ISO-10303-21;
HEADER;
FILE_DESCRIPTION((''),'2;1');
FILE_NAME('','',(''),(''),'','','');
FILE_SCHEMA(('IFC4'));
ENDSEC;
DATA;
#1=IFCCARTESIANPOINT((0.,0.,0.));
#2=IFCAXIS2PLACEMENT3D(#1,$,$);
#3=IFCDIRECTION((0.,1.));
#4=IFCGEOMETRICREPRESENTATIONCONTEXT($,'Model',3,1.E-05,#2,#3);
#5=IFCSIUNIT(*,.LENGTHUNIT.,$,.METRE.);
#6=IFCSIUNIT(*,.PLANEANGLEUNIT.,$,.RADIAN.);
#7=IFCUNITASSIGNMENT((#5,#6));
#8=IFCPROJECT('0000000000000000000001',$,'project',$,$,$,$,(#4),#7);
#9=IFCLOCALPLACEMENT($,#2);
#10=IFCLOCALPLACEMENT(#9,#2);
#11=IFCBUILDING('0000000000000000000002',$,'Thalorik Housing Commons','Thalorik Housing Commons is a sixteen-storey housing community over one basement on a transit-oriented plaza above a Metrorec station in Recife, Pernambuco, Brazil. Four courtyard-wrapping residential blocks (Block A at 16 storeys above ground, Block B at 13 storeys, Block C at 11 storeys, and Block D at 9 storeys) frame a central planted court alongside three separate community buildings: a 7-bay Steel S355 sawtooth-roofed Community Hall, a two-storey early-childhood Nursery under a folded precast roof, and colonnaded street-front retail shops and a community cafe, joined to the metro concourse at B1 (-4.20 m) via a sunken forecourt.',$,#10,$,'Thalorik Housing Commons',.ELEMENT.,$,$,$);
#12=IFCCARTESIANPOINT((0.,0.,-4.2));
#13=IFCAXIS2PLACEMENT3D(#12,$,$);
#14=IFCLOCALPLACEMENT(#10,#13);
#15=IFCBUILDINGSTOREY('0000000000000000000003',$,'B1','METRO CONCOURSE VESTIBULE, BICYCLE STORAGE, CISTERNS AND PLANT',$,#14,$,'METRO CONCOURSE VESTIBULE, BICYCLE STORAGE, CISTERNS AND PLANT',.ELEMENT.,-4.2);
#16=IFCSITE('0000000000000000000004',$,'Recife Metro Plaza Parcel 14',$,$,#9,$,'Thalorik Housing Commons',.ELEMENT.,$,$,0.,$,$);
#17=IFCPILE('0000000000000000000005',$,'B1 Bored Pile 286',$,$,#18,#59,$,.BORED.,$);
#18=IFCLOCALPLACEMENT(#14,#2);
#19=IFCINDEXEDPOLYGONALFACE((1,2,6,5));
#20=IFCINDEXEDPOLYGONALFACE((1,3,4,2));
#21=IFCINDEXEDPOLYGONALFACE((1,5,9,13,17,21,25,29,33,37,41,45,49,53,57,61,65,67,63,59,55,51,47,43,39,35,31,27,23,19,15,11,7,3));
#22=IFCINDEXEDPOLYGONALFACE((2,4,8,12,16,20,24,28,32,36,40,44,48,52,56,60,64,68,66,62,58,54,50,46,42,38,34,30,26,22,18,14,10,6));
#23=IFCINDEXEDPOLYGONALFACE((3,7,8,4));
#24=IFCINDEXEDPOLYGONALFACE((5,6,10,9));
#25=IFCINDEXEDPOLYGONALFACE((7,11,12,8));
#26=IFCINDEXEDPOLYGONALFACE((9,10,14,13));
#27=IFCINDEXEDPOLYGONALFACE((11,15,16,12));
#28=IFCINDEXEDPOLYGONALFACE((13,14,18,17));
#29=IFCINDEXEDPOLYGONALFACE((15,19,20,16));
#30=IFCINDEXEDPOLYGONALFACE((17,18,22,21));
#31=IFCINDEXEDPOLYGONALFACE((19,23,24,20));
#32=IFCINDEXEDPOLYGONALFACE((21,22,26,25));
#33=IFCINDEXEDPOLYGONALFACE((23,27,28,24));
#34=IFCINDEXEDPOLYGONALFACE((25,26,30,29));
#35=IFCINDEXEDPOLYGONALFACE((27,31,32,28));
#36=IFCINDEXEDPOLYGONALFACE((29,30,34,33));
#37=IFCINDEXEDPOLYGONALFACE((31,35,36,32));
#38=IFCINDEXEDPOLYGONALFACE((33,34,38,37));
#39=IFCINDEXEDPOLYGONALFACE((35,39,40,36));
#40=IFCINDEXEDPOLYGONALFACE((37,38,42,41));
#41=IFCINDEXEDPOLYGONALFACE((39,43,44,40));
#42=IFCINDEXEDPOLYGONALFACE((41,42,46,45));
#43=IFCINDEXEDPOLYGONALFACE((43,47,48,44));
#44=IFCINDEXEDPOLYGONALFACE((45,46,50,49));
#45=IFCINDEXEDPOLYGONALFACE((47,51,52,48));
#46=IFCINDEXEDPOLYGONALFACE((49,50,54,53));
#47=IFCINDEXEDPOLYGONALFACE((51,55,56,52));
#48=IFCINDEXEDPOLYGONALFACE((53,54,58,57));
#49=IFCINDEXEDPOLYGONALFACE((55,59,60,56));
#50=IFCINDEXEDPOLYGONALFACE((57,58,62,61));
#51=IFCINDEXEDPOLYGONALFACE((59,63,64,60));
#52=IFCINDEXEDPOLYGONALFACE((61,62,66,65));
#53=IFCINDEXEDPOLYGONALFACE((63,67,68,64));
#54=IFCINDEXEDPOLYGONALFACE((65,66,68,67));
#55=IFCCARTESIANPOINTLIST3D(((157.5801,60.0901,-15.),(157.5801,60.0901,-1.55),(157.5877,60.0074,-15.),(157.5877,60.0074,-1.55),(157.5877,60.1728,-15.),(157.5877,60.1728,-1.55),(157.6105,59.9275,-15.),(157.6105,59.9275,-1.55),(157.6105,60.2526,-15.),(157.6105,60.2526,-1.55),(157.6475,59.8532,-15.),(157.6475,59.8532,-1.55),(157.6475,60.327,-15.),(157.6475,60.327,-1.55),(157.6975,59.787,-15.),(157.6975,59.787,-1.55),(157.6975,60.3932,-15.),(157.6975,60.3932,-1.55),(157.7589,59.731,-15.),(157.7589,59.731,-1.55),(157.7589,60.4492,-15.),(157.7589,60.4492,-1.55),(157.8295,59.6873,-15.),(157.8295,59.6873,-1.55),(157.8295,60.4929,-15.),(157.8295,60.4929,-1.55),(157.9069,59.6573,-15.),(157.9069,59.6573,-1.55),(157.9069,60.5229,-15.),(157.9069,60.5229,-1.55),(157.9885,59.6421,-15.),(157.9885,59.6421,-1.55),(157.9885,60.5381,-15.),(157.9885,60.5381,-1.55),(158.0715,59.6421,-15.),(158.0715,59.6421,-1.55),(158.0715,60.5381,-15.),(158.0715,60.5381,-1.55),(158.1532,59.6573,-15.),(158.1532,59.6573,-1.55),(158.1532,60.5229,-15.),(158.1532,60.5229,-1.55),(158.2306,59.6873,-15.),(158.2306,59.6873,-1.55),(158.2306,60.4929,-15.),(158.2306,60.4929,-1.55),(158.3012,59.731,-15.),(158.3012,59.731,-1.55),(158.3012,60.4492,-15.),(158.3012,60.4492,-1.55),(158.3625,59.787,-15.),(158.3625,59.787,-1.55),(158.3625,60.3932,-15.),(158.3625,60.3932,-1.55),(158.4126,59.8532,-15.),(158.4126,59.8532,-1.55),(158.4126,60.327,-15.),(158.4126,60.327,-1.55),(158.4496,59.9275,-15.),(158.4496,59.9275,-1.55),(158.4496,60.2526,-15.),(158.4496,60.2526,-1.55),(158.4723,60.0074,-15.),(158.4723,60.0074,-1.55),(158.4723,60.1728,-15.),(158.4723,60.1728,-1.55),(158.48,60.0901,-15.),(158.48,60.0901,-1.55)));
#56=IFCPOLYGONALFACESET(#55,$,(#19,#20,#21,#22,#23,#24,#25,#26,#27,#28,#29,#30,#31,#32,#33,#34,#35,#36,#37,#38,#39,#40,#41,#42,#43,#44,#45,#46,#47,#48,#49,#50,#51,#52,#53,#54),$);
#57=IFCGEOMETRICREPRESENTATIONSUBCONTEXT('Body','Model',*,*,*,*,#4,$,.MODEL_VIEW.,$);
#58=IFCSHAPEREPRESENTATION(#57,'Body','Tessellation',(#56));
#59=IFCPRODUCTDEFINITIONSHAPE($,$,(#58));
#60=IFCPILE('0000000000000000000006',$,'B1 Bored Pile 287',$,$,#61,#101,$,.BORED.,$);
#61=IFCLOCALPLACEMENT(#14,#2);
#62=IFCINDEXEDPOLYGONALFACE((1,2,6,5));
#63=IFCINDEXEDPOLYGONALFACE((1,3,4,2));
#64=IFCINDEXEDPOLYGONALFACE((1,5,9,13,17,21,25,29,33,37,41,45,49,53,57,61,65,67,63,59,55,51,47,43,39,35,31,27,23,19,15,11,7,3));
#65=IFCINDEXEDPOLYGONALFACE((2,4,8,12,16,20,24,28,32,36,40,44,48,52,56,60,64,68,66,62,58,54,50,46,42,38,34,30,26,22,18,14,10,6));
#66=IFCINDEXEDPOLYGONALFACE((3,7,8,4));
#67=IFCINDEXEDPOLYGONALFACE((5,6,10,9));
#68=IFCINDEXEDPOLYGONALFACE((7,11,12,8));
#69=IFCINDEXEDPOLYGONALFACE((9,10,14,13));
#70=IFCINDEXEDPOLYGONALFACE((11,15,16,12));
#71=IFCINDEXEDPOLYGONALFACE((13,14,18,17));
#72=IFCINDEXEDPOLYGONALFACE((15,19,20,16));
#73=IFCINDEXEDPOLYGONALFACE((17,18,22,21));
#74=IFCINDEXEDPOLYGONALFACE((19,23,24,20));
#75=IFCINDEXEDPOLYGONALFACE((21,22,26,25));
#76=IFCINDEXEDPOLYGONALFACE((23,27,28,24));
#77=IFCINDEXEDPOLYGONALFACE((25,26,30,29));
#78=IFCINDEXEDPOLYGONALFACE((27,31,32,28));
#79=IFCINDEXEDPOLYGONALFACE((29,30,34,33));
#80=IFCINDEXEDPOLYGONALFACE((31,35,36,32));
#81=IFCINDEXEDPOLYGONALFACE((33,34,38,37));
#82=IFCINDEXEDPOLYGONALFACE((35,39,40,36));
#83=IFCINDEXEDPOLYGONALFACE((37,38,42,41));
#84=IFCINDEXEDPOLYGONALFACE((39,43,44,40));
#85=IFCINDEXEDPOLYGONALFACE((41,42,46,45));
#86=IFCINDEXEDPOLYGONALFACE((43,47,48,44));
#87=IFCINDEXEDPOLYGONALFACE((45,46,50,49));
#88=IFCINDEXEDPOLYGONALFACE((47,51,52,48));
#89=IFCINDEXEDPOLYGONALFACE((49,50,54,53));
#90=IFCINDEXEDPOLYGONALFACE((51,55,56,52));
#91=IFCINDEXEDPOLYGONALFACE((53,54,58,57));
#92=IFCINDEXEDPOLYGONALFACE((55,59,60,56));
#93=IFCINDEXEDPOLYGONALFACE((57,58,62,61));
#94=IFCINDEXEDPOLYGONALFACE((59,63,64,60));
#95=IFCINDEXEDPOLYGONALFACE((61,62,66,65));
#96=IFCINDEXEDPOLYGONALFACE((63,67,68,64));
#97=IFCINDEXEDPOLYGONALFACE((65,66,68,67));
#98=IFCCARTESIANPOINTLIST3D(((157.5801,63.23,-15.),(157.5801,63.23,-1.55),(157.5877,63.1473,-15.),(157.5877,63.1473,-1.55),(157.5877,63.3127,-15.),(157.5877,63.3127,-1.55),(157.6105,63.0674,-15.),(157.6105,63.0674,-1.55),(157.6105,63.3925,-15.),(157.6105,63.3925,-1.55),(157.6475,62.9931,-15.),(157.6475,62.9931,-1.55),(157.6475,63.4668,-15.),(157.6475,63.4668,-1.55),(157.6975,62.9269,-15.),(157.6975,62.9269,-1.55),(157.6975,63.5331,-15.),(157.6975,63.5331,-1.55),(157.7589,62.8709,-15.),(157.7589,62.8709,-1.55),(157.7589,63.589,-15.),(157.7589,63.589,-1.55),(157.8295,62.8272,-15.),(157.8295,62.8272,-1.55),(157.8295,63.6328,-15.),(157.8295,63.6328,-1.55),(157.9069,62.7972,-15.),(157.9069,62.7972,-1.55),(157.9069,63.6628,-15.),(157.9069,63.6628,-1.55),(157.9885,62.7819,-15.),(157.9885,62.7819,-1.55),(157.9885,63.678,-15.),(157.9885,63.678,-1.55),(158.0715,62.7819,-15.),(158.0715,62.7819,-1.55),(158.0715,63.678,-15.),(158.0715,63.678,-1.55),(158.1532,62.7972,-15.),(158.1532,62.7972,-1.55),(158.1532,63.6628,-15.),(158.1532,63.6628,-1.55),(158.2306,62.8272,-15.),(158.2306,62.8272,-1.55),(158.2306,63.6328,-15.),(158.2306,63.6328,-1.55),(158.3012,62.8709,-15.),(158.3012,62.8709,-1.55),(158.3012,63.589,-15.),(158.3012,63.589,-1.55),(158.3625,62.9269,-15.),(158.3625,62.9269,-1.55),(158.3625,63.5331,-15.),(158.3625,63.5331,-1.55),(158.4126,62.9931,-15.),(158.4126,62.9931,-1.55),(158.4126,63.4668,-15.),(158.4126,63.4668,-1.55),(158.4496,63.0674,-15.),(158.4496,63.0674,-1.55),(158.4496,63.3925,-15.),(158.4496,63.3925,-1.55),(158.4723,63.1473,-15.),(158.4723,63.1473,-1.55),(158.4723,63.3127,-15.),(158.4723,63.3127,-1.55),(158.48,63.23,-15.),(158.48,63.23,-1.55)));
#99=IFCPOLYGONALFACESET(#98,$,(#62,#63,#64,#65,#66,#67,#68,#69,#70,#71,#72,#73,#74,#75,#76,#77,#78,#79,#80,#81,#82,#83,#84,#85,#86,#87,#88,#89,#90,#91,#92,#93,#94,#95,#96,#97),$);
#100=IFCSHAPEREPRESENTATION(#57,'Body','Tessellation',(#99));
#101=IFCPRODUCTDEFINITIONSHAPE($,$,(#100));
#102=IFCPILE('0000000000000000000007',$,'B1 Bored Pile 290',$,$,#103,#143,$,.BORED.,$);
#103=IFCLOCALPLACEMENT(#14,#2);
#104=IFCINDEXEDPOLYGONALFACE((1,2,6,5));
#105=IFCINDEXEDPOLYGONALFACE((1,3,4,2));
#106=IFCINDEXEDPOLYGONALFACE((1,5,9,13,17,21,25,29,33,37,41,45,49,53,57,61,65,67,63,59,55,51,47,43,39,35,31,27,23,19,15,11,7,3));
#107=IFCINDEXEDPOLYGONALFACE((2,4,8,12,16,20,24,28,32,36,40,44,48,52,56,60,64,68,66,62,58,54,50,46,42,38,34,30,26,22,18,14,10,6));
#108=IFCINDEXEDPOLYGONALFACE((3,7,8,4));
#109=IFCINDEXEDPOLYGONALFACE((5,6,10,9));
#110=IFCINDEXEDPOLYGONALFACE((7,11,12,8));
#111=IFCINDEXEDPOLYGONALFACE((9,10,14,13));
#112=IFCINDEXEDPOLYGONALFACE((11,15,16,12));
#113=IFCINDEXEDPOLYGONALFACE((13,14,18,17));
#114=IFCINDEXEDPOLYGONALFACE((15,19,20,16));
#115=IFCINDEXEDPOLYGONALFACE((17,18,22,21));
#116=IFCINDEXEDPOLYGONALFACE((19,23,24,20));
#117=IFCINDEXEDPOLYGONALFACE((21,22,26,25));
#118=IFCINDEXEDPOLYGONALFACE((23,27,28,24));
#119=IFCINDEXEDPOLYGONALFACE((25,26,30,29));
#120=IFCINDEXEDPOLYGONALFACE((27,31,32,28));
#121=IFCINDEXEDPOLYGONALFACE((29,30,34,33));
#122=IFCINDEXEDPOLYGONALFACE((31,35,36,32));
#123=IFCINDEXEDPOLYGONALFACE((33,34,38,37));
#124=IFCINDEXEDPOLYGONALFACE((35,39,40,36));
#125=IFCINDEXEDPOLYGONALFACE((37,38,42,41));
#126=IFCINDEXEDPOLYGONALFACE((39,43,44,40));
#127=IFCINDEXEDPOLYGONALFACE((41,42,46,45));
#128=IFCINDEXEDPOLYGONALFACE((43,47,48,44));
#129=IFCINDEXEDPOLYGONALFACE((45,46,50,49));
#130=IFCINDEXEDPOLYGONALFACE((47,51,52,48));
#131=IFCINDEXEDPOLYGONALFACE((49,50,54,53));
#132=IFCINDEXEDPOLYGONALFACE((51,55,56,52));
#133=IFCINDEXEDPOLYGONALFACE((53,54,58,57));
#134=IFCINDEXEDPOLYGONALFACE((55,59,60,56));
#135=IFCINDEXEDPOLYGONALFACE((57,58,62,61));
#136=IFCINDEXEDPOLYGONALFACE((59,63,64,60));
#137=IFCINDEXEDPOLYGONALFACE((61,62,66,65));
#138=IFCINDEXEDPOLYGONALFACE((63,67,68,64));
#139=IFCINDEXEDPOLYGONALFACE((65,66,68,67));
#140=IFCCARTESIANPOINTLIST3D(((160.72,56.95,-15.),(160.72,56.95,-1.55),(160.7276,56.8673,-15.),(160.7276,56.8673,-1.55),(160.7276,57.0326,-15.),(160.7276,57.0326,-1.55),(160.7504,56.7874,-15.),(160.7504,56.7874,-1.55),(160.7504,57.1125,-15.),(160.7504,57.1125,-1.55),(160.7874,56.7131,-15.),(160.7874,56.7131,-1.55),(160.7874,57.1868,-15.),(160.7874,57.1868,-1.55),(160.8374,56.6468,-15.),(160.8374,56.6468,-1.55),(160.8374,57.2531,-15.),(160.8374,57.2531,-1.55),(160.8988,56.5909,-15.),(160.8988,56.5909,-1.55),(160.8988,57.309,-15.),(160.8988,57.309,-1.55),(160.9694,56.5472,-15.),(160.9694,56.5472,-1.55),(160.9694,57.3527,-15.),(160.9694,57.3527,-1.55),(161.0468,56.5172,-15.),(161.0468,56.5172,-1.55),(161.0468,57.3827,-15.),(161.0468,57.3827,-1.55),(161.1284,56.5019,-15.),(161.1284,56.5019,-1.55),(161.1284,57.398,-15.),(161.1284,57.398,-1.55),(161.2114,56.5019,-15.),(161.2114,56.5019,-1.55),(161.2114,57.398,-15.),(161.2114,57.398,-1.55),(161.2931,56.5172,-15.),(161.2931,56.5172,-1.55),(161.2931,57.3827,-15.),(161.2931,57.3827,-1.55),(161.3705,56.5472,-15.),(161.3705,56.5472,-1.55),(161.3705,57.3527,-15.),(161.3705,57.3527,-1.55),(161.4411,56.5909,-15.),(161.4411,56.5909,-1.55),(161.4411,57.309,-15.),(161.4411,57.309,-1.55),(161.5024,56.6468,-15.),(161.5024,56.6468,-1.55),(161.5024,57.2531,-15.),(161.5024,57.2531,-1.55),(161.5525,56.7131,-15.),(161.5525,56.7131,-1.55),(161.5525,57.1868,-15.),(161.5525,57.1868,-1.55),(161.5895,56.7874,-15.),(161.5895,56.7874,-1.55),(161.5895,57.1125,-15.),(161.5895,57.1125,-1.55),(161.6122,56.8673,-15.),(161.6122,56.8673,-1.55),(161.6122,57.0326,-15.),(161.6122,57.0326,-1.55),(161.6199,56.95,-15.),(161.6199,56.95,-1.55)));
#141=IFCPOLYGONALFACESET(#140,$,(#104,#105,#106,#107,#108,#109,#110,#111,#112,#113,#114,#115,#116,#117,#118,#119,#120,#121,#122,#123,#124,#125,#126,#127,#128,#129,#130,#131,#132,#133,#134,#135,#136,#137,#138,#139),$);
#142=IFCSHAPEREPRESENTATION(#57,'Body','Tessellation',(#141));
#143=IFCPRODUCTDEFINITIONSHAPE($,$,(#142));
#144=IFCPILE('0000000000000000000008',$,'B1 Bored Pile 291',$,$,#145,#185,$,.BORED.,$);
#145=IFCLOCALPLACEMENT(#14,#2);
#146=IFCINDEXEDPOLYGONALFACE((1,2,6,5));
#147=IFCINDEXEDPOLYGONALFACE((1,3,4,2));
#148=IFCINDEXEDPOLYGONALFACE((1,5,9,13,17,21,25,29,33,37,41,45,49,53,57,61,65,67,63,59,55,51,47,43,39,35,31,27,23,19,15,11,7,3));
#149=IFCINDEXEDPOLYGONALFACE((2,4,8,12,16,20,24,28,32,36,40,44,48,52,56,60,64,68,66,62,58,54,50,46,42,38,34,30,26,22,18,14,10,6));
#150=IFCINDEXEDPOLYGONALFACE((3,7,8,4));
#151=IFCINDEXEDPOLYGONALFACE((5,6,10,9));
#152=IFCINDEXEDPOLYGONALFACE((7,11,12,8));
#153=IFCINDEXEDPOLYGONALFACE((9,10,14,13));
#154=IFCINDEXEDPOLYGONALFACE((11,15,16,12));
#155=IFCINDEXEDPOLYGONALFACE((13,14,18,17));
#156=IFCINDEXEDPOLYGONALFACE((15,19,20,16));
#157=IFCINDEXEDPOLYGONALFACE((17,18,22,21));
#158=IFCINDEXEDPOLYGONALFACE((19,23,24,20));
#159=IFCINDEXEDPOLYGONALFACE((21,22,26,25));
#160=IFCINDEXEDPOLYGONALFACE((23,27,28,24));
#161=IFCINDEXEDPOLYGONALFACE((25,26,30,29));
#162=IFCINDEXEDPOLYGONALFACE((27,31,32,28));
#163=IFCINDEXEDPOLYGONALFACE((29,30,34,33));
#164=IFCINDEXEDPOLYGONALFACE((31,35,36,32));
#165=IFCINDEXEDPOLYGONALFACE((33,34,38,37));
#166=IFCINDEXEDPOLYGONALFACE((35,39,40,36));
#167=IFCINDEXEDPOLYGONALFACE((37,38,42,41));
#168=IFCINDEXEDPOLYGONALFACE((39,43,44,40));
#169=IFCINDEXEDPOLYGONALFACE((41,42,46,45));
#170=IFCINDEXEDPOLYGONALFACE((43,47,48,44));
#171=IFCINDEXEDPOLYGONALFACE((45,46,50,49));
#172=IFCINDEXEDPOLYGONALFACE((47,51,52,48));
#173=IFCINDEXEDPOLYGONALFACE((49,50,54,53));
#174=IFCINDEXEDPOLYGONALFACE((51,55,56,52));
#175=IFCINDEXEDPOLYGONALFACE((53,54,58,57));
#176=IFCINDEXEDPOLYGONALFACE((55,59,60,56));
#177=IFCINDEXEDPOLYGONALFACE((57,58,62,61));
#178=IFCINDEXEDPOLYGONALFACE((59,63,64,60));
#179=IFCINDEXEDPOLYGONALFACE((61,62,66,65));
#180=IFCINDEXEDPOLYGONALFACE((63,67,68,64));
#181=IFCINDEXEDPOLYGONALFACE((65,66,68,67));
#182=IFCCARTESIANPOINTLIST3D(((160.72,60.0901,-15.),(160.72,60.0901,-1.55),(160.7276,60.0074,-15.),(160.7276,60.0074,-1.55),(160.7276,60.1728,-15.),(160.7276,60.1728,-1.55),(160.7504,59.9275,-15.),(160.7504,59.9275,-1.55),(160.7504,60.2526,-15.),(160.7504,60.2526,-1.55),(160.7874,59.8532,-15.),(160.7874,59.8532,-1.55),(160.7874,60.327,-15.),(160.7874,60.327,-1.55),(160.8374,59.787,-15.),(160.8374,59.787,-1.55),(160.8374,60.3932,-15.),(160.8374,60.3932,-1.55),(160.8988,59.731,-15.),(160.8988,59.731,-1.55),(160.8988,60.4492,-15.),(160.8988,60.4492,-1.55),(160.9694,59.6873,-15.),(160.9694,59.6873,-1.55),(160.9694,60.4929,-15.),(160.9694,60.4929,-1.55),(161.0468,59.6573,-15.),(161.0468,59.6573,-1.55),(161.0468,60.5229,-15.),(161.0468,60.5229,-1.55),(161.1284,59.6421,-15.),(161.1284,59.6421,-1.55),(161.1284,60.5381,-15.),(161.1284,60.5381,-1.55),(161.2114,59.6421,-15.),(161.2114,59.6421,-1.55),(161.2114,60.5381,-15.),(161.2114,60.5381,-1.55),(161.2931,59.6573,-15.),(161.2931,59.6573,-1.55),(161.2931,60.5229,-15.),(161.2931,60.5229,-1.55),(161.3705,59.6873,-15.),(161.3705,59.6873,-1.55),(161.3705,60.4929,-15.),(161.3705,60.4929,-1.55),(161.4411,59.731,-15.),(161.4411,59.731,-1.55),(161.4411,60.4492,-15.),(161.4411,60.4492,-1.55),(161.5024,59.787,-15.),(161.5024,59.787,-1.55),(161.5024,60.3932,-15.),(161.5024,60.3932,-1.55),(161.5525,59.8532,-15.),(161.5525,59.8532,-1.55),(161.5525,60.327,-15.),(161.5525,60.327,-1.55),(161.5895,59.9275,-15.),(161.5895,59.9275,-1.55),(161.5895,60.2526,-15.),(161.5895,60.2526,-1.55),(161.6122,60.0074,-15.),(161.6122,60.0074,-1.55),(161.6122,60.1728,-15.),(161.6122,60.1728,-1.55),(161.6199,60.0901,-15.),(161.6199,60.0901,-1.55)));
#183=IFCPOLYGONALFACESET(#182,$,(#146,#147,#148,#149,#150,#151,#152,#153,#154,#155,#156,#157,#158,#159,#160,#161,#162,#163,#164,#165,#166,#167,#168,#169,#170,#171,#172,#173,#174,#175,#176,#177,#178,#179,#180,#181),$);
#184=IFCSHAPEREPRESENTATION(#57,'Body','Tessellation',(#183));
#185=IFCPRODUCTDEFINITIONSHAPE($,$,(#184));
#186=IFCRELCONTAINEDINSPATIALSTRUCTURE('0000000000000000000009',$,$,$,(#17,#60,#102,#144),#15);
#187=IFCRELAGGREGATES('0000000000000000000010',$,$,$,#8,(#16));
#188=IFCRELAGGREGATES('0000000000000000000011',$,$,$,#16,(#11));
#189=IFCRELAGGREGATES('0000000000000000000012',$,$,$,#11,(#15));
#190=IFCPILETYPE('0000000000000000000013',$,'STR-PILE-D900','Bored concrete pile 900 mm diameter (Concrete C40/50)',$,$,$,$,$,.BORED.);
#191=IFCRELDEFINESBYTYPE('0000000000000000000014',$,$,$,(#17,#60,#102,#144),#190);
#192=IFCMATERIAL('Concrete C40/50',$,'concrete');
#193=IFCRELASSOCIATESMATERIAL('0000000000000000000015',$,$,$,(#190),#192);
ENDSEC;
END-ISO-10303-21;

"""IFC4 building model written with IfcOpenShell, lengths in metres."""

from ifc_helpers import new_model, si_unit, direction, frame, origin, origin_2d, place, context, subcontext, project, spatial, circle, extrude, material, material_profile, profile_set, type_object, element, save


model = new_model("IFC4")

# Units and contexts
model_context = context("Model", 3, precision=1e-05, world=origin(), true_north=direction((0.0, 1.0)))
body_context = subcontext(model_context, "Body", "Model", "MODEL_VIEW")
ifc_project = project(units=[si_unit("LENGTHUNIT", "METRE"), si_unit("PLANEANGLEUNIT", "RADIAN")], contexts=[model_context])

# Site, building, storey
site_placement = place(None, origin())
site = spatial("IfcSite", under=ifc_project, at=site_placement, Name="Recife Metro Plaza Parcel 14", LongName="Thalorik Housing Commons", CompositionType="ELEMENT", RefElevation=0.0)
building_placement = place(site_placement, origin())
building = spatial("IfcBuilding", under=site, at=building_placement, Name="Thalorik Housing Commons", Description="Thalorik Housing Commons is a sixteen-storey housing community over one basement on a transit-oriented plaza above a Metrorec station in Recife, Pernambuco, Brazil. Four courtyard-wrapping residential blocks (Block A at 16 storeys above ground, Block B at 13 storeys, Block C at 11 storeys, and Block D at 9 storeys) frame a central planted court alongside three separate community buildings: a 7-bay Steel S355 sawtooth-roofed Community Hall, a two-storey early-childhood Nursery under a folded precast roof, and colonnaded street-front retail shops and a community cafe, joined to the metro concourse at B1 (-4.20 m) via a sunken forecourt.", LongName="Thalorik Housing Commons", CompositionType="ELEMENT")
storey_placement = place(building_placement, frame((0.0, 0.0, -4.2)))
storey = spatial("IfcBuildingStorey", under=building, at=storey_placement, Name="B1", Description="METRO CONCOURSE VESTIBULE, BICYCLE STORAGE, CISTERNS AND PLANT", LongName="METRO CONCOURSE VESTIBULE, BICYCLE STORAGE, CISTERNS AND PLANT", CompositionType="ELEMENT", Elevation=-4.2)

# Shared definitions
ifc_material_1 = material(Name="Concrete C40/50", Category="concrete")

# Piles
ifc_material_profile_1 = material_profile(ifc_material_1, circle(Radius=0.45, at=origin_2d()), Name="BORED PILE D900", Category="concrete")
ifc_profile_set_1 = profile_set([ifc_material_profile_1], Name="Concrete C40/50")
pile_type = type_object("IfcPileType", Name="STR-PILE-D900", Description="Bored concrete pile 900 mm diameter (Concrete C40/50)", PredefinedType="BORED", material=ifc_profile_set_1)
for number, where, z_axis, x_axis, name in (
    (1, (158.03, 60.0901, -1.55), (0.0, 0.0, -1.0), (1.0, 0.0, 0.0), "B1 Bored Pile 286"),
    (2, (158.03, 63.23, -1.55), (0.0, 0.0, -1.0), (1.0, 0.0, 0.0), "B1 Bored Pile 287"),
    (3, (161.1699, 56.95, -1.55), (0.0, 0.0, -1.0), (1.0, 0.0, 0.0), "B1 Bored Pile 290"),
    (4, (161.1699, 60.0901, -1.55), (0.0, 0.0, -1.0), (1.0, 0.0, 0.0), "B1 Bored Pile 291"),
):
    element("IfcPile", number, at=place(storey_placement, frame(where, z_axis=z_axis, x_axis=x_axis)), inside=storey, type_object=pile_type, Name=name, PredefinedType="BORED", context=body_context, shape_type="SweptSolid", body=[
        extrude(circle(Radius=0.45, at=origin_2d()), origin(), (0.0, 0.0, 1.0), 13.45),
    ])

save(model, "model.ifc")
